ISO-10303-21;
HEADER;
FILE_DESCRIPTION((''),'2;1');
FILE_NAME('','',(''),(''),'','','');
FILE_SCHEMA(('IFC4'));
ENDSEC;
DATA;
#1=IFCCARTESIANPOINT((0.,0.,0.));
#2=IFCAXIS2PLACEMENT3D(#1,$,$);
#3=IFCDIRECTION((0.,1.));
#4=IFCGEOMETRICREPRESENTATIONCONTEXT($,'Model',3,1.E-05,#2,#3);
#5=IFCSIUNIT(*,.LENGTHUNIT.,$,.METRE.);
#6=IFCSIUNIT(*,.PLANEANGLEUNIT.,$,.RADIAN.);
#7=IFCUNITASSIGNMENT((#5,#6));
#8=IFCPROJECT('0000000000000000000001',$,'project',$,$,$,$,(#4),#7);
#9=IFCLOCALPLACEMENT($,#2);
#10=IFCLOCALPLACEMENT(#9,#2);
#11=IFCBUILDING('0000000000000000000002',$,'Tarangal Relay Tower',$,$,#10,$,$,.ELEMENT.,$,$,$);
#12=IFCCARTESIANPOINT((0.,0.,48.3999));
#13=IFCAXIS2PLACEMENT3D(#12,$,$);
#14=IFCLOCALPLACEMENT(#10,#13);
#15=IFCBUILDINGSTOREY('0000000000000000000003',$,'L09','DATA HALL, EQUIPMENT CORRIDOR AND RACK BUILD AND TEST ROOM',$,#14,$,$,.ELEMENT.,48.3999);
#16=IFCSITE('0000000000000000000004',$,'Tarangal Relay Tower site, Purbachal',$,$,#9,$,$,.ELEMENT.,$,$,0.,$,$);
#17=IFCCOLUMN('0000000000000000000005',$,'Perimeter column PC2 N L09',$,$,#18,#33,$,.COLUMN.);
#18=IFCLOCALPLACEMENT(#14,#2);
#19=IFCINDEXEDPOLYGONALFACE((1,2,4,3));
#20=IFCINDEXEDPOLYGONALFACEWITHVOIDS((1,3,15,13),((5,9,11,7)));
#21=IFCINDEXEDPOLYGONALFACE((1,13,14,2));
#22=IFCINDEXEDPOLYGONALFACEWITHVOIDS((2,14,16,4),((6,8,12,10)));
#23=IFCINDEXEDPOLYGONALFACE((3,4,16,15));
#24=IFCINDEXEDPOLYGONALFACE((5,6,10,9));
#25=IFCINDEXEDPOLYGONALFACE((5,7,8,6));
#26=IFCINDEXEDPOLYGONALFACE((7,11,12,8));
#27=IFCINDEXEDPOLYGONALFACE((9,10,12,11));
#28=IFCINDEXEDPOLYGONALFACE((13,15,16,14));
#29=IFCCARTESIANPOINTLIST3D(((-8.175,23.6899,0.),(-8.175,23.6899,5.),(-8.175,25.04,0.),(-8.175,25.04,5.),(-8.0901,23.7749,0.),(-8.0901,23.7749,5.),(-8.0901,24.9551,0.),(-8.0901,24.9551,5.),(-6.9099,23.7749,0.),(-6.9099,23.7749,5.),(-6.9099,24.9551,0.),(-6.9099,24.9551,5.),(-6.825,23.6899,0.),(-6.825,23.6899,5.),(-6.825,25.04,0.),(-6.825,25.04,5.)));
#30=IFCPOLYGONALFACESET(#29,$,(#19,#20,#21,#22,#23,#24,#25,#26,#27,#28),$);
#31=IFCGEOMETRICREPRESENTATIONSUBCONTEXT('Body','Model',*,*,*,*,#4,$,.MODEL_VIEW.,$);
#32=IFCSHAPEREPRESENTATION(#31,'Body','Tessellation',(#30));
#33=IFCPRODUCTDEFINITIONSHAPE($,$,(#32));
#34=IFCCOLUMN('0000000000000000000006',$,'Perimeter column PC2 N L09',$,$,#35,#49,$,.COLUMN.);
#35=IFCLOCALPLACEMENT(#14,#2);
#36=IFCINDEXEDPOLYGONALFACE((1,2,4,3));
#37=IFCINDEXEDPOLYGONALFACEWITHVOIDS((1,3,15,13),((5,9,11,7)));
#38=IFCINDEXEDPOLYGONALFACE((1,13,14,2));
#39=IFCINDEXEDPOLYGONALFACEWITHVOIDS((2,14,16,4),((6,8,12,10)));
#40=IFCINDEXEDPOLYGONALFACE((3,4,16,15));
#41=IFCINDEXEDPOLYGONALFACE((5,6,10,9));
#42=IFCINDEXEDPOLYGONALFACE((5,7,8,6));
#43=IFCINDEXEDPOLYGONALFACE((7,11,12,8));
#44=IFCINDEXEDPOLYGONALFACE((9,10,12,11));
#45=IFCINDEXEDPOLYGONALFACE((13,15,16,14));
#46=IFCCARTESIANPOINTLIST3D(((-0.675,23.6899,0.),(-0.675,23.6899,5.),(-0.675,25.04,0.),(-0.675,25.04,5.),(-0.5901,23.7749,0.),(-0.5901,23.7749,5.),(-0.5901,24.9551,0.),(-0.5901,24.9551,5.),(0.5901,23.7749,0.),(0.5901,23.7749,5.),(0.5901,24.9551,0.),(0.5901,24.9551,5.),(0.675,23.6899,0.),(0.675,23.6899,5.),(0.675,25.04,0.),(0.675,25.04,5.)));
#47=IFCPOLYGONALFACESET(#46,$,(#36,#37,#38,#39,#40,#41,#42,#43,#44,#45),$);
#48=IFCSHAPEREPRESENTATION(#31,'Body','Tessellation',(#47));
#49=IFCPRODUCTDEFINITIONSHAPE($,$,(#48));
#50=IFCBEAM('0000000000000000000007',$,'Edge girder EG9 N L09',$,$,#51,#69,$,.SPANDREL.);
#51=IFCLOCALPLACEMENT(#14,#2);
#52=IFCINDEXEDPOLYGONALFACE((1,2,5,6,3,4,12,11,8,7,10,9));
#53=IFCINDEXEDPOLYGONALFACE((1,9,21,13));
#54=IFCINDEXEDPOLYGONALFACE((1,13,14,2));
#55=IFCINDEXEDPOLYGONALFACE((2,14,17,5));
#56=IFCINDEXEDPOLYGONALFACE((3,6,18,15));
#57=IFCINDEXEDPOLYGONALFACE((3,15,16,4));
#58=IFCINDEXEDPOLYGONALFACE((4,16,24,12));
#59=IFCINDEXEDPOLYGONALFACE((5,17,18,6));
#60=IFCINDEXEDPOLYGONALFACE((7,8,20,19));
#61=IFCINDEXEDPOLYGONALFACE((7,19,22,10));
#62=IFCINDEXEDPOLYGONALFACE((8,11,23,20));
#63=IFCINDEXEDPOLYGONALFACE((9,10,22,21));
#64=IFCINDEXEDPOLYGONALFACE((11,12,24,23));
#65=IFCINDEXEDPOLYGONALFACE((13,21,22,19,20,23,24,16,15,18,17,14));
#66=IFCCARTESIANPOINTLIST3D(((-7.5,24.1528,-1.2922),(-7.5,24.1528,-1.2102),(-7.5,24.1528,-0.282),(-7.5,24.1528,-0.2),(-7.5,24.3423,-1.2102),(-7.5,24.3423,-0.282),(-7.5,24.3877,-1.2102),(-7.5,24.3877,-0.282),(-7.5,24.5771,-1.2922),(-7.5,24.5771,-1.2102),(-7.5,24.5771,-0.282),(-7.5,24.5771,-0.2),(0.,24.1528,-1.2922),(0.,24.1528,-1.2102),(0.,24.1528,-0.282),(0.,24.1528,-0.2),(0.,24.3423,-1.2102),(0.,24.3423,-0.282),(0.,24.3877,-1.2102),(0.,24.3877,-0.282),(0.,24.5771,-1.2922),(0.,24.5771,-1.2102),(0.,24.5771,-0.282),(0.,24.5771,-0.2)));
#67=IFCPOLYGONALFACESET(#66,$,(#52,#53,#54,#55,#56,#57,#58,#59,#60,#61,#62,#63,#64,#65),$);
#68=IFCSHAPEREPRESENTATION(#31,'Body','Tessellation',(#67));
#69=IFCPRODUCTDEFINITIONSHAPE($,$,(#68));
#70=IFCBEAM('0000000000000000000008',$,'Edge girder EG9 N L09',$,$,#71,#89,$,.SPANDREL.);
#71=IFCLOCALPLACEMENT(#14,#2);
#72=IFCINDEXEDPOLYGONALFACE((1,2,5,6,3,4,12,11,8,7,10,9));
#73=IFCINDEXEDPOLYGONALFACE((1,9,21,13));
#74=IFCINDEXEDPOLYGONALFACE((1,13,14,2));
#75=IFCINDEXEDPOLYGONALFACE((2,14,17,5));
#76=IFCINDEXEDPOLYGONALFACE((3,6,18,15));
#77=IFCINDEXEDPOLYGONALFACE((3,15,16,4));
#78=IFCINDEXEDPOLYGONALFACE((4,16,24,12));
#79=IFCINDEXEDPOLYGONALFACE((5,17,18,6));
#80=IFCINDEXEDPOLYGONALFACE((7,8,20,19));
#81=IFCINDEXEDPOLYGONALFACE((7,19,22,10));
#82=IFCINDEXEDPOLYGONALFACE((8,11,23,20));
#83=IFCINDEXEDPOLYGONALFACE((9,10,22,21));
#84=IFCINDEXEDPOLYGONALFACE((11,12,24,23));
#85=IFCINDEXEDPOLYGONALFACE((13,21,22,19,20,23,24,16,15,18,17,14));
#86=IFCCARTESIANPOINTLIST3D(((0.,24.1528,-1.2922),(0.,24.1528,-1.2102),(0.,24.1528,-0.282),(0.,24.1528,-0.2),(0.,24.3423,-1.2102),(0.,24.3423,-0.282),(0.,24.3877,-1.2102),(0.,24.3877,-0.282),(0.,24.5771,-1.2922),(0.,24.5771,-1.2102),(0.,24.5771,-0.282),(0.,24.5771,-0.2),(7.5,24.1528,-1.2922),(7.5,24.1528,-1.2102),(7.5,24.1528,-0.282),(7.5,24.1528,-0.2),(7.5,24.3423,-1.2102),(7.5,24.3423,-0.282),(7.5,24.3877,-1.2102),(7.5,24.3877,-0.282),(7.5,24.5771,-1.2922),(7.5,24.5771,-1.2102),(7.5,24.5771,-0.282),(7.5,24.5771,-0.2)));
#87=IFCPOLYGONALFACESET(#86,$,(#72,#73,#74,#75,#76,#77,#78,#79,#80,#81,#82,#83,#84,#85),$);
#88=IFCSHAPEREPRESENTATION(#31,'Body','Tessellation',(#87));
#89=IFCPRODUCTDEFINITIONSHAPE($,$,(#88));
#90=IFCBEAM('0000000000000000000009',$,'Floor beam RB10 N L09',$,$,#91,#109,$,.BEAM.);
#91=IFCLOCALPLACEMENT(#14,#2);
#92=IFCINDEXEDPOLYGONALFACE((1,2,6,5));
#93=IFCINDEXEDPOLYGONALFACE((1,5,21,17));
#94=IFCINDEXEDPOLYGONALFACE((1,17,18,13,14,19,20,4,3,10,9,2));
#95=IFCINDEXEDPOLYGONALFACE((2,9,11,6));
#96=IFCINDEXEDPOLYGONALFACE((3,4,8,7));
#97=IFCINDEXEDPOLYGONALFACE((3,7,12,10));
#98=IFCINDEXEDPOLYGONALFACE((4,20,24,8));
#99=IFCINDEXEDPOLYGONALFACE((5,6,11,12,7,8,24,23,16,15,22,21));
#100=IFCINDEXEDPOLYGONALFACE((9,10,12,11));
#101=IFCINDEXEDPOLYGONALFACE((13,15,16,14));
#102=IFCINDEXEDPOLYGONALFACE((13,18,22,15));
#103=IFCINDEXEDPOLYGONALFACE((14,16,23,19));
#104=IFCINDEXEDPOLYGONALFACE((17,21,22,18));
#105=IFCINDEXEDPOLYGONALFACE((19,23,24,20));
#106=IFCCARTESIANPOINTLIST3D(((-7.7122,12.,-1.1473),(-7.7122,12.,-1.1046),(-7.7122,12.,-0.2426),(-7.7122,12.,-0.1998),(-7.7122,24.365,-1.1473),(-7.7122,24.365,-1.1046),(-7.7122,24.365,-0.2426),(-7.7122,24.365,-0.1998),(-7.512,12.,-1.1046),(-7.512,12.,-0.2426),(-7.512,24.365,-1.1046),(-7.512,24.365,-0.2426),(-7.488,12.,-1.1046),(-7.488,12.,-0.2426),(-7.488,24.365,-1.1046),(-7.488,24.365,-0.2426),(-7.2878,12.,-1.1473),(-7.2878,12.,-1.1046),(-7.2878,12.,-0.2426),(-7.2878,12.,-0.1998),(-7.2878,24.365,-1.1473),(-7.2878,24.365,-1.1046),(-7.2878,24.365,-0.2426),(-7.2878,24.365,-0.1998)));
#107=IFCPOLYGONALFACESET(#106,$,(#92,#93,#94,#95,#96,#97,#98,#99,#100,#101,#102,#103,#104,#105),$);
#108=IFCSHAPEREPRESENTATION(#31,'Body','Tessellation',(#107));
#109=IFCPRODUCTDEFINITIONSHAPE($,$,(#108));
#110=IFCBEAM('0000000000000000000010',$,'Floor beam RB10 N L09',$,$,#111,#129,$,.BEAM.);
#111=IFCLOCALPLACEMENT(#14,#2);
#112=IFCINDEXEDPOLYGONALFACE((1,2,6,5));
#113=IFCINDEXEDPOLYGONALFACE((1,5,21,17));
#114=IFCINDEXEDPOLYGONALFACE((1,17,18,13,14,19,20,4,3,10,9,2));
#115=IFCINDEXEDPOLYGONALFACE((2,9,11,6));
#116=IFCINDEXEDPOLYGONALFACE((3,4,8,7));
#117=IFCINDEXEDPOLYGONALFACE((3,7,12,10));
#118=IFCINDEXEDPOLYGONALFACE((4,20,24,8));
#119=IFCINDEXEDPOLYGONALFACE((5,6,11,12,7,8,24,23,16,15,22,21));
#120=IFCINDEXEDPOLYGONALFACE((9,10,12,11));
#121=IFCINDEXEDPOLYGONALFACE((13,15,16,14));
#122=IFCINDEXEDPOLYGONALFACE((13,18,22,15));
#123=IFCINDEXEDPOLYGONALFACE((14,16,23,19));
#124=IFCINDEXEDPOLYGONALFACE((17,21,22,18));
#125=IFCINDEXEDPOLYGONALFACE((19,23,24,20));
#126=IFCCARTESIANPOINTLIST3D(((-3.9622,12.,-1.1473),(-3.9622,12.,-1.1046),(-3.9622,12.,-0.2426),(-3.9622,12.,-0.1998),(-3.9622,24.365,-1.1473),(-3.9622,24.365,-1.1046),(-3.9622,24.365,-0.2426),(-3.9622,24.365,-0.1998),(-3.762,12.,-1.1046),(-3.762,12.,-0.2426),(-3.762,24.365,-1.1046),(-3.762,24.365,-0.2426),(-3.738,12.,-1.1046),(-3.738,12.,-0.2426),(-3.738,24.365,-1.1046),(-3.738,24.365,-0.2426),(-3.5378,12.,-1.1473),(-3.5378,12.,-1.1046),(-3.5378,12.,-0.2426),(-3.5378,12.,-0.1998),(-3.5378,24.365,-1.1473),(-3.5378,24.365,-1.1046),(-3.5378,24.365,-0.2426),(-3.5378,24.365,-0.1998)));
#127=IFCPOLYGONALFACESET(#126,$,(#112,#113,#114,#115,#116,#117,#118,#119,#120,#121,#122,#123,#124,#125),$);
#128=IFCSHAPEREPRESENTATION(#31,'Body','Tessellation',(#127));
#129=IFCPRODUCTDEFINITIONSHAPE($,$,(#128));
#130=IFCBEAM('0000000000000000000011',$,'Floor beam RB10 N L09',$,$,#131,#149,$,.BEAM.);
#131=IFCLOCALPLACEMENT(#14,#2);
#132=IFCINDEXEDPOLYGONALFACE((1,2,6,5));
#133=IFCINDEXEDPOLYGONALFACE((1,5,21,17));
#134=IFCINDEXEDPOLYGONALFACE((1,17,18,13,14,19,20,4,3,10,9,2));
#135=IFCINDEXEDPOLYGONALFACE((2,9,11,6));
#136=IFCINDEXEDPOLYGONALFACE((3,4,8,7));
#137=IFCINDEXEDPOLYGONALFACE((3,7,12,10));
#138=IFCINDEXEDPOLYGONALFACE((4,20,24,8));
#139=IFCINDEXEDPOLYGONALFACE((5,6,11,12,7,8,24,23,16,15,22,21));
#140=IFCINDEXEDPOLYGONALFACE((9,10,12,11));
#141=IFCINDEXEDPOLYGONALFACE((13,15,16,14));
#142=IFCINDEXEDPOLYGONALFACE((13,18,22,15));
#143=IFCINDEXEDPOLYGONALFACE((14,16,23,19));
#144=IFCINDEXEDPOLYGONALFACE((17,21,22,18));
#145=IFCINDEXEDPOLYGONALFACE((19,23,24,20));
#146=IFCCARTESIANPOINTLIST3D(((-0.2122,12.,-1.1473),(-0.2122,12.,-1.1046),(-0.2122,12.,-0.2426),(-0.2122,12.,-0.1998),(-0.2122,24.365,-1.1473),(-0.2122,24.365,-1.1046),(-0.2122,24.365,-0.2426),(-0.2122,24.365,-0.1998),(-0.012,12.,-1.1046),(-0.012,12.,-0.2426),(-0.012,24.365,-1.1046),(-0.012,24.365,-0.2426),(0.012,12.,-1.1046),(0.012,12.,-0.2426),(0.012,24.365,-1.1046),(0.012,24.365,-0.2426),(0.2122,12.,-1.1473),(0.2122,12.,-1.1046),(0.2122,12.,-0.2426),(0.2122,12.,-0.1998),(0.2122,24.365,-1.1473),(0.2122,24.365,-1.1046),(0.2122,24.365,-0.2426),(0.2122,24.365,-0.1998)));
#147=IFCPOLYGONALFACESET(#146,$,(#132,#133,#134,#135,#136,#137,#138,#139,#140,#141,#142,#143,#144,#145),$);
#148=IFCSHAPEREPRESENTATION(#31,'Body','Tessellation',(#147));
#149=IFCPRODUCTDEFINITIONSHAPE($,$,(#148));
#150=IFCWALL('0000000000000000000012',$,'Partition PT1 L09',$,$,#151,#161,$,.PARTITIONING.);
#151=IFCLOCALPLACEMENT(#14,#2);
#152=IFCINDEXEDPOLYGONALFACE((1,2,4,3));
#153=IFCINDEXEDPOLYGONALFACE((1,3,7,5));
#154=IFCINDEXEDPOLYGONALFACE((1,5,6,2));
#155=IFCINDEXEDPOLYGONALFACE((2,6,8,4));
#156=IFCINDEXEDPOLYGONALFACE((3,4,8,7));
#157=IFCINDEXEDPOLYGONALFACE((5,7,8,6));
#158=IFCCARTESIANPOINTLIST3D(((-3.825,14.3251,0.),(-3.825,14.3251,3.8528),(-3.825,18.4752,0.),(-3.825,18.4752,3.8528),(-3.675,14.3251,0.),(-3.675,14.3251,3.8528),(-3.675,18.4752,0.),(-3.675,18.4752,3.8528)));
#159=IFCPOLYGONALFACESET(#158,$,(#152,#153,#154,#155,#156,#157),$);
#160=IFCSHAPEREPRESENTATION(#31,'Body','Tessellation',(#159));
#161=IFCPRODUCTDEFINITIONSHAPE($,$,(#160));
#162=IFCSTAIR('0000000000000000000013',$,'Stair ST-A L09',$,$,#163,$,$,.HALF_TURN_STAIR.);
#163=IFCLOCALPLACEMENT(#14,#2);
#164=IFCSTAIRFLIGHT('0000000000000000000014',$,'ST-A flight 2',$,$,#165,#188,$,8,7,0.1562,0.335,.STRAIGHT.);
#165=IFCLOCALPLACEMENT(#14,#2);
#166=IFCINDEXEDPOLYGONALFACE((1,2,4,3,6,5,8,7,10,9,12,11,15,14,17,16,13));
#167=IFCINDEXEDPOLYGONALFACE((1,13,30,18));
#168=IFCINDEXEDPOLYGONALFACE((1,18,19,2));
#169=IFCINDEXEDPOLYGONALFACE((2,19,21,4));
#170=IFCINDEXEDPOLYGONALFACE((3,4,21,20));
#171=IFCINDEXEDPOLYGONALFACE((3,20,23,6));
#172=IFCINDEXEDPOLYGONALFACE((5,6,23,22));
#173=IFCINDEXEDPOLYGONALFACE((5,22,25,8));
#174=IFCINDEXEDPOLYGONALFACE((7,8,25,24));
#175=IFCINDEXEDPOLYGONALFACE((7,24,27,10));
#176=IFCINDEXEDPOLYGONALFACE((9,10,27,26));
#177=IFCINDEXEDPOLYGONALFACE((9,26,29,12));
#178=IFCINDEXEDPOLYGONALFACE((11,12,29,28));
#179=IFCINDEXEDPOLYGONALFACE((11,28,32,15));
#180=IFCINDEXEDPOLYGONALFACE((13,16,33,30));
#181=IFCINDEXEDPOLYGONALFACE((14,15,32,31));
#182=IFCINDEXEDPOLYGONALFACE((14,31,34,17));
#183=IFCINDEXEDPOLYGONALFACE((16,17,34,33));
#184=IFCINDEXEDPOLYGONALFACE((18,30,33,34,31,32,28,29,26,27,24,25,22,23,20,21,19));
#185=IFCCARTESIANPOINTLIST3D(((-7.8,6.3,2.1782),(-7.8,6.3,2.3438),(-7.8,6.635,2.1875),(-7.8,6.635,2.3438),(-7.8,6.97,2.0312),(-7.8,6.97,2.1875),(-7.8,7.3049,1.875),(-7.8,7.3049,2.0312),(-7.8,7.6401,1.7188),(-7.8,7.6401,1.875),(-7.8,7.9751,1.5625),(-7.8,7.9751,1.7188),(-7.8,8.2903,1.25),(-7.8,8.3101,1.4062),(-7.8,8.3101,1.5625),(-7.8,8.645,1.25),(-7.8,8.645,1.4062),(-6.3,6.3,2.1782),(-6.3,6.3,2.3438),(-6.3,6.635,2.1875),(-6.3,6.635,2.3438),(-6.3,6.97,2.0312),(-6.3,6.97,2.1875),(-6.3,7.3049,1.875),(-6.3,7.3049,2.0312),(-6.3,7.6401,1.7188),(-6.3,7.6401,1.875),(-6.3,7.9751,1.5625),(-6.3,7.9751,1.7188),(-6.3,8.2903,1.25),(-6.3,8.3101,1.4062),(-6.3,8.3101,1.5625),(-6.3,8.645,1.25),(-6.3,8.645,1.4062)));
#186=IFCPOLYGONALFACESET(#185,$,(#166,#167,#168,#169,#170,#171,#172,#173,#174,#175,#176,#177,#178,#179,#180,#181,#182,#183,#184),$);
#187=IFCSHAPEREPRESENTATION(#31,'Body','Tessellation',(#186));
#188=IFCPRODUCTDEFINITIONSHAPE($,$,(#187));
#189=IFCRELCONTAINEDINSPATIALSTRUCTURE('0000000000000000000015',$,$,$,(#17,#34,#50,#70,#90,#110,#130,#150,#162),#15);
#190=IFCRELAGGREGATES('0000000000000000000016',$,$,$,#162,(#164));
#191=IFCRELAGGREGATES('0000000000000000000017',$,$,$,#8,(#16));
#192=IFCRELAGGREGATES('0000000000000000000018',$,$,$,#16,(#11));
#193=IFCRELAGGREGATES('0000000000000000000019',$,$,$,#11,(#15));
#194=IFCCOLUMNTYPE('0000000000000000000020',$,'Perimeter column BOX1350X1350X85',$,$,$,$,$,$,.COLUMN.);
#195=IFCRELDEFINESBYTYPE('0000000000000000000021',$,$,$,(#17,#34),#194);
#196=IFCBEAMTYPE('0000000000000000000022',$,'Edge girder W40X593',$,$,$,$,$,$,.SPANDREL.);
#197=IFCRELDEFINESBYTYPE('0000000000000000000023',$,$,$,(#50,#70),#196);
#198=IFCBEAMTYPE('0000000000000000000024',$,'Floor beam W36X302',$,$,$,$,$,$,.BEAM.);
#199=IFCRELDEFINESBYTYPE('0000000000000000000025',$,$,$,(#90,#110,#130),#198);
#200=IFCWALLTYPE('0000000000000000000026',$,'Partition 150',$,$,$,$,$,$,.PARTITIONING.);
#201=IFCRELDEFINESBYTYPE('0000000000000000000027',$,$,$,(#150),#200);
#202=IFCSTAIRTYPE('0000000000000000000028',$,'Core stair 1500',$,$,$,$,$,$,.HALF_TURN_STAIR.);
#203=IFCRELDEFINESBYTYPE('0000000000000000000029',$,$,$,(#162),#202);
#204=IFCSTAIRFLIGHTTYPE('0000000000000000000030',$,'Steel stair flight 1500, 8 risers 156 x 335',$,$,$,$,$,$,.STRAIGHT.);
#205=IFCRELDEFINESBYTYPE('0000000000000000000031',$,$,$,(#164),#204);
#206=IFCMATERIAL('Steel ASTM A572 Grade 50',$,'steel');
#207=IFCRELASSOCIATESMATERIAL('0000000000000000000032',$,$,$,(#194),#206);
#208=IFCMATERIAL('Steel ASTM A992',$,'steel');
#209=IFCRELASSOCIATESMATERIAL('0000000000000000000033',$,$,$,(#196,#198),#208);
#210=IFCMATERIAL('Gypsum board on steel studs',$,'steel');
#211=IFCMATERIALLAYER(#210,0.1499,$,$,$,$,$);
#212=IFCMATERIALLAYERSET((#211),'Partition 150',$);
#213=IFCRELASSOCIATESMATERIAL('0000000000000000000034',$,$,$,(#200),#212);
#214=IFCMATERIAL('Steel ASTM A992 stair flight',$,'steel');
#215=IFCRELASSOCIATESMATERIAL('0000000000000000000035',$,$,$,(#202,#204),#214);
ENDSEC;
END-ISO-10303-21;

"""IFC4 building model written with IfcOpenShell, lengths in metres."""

from ifc_helpers import new_model, si_unit, direction, frame, frame_2d, origin, origin_2d, place, context, subcontext, project, spatial, polyline, rectangle, hollow_rectangle, i_section, outline, extrude, material, layer, layer_set, material_profile, profile_set, type_object, element, aggregate, save


model = new_model("IFC4")

# Units and contexts
model_context = context("Model", 3, precision=1e-05, world=origin(), true_north=direction((0.0, 1.0)))
body_context = subcontext(model_context, "Body", "Model", "MODEL_VIEW")
ifc_project = project(units=[si_unit("LENGTHUNIT", "METRE"), si_unit("PLANEANGLEUNIT", "RADIAN")], contexts=[model_context])

# Site, building, storey
site_placement = place(None, origin())
site = spatial("IfcSite", under=ifc_project, at=site_placement, Name="Tarangal Relay Tower site, Purbachal", CompositionType="ELEMENT", RefElevation=0.0)
building_placement = place(site_placement, origin())
building = spatial("IfcBuilding", under=site, at=building_placement, Name="Tarangal Relay Tower", CompositionType="ELEMENT")
storey_placement = place(building_placement, frame((0.0, 0.0, 48.3999)))
storey = spatial("IfcBuildingStorey", under=building, at=storey_placement, Name="L09", Description="DATA HALL, EQUIPMENT CORRIDOR AND RACK BUILD AND TEST ROOM", CompositionType="ELEMENT", Elevation=48.3999)

# Columns
ifc_material_1 = material(Name="Steel ASTM A572 Grade 50", Category="steel")
ifc_material_profile_1 = material_profile(ifc_material_1, hollow_rectangle(XDim=1.3501, YDim=1.3501, WallThickness=0.085, at=origin_2d()), Name="BOX1350X1350X85")
ifc_profile_set_1 = profile_set([ifc_material_profile_1], Name="Steel ASTM A572 Grade 50")
column_type = type_object("IfcColumnType", Name="Perimeter column BOX1350X1350X85", PredefinedType="COLUMN", material=ifc_profile_set_1)
for number, where, z_axis, x_axis, name in (
    (1, (-7.5, 24.365, 0.0), (0.0, 0.0, 1.0), (1.0, 0.0, 0.0), "Perimeter column PC2 N L09"),
    (2, (0.0, 24.365, 0.0), (0.0, 0.0, 1.0), (1.0, 0.0, 0.0), "Perimeter column PC2 N L09"),
):
    element("IfcColumn", number, at=place(storey_placement, frame(where, z_axis=z_axis, x_axis=x_axis)), inside=storey, type_object=column_type, Name=name, PredefinedType="COLUMN", context=body_context, shape_type="SweptSolid", body=[
        extrude(hollow_rectangle(XDim=1.3501, YDim=1.3501, WallThickness=0.085, at=origin_2d()), origin(), (0.0, 0.0, 1.0), 5.0),
    ])

# Beams
ifc_material_2 = material(Name="Steel ASTM A992", Category="steel")
ifc_material_profile_2 = material_profile(ifc_material_2, i_section(OverallWidth=0.4243, OverallDepth=1.0923, WebThickness=0.0454, FlangeThickness=0.082, at=origin_2d()), Name="W40X593")
ifc_profile_set_2 = profile_set([ifc_material_profile_2], Name="Steel ASTM A992")
beam_type_1 = type_object("IfcBeamType", Name="Edge girder W40X593", PredefinedType="SPANDREL", material=ifc_profile_set_2)
for number, where, z_axis, x_axis, name in (
    (3, (-7.5, 24.365, -0.7461), (1.0, 0.0, 0.0), (0.0, 1.0, 0.0), "Edge girder EG9 N L09"),
    (4, (0.0, 24.365, -0.7461), (1.0, 0.0, 0.0), (0.0, 1.0, 0.0), "Edge girder EG9 N L09"),
):
    element("IfcBeam", number, at=place(storey_placement, frame(where, z_axis=z_axis, x_axis=x_axis)), inside=storey, type_object=beam_type_1, Name=name, PredefinedType="SPANDREL", context=body_context, shape_type="SweptSolid", body=[
        extrude(i_section(OverallWidth=0.4243, OverallDepth=1.0923, WebThickness=0.0454, FlangeThickness=0.082, at=origin_2d()), origin(), (0.0, 0.0, 1.0), 7.5),
    ])
ifc_material_profile_3 = material_profile(ifc_material_2, i_section(OverallWidth=0.4243, OverallDepth=0.9475, WebThickness=0.0239, FlangeThickness=0.0427, at=origin_2d()), Name="W36X302")
ifc_profile_set_3 = profile_set([ifc_material_profile_3], Name="Steel ASTM A992")
beam_type_2 = type_object("IfcBeamType", Name="Floor beam W36X302", PredefinedType="BEAM", material=ifc_profile_set_3)
for number, where, z_axis, x_axis, name in (
    (5, (-7.5, 12.0, -0.6736), (0.0, 1.0, 0.0), (-1.0, 0.0, 0.0), "Floor beam RB10 N L09"),
    (6, (-3.75, 12.0, -0.6736), (0.0, 1.0, 0.0), (-1.0, 0.0, 0.0), "Floor beam RB10 N L09"),
    (7, (0.0, 12.0, -0.6736), (0.0, 1.0, 0.0), (-1.0, 0.0, 0.0), "Floor beam RB10 N L09"),
):
    element("IfcBeam", number, at=place(storey_placement, frame(where, z_axis=z_axis, x_axis=x_axis)), inside=storey, type_object=beam_type_2, Name=name, PredefinedType="BEAM", context=body_context, shape_type="SweptSolid", body=[
        extrude(i_section(OverallWidth=0.4243, OverallDepth=0.9475, WebThickness=0.0239, FlangeThickness=0.0427, at=origin_2d()), origin(), (0.0, 0.0, 1.0), 12.365),
    ])

# Wall
ifc_material_3 = material(Name="Gypsum board on steel studs", Category="steel")
ifc_layer_1 = layer(ifc_material_3, 0.1499)
ifc_layer_set_1 = layer_set([ifc_layer_1], Name="Partition 150")
wall_type = type_object("IfcWallType", Name="Partition 150", PredefinedType="PARTITIONING", material=ifc_layer_set_1)
wall_placement = place(storey_placement, frame((-3.75, 14.325, 0.0), z_axis=(0.0, 0.0, 1.0), x_axis=(0.0, 1.0, 0.0)))
element("IfcWall", 8, at=wall_placement, inside=storey, type_object=wall_type, Name="Partition PT1 L09", PredefinedType="PARTITIONING", context=body_context, shape_type="SweptSolid", body=[
    extrude(rectangle(XDim=4.1501, YDim=0.1499, at=frame_2d((2.0752, 0.0))), origin(), (0.0, 0.0, 1.0), 3.8528),
])

# Stair, stair flight
ifc_material_4 = material(Name="Steel ASTM A992 stair flight", Category="steel")
stair_type = type_object("IfcStairType", Name="Core stair 1500", PredefinedType="HALF_TURN_STAIR", material=ifc_material_4)
stair_placement = place(storey_placement, origin())
stair = element("IfcStair", 9, at=stair_placement, inside=storey, type_object=stair_type, Name="Stair ST-A L09", PredefinedType="HALF_TURN_STAIR")
stair_flight_type = type_object("IfcStairFlightType", Name="Steel stair flight 1500, 8 risers 156 x 335", PredefinedType="STRAIGHT", material=ifc_material_4)
stair_flight_1_placement = place(storey_placement, frame((-7.05, 8.645, 1.25), z_axis=(0.0, 0.0, 1.0), x_axis=(0.0, -1.0, 0.0)))
stair_flight_1 = element("IfcStairFlight", 10, at=stair_flight_1_placement, type_object=stair_flight_type, Name="ST-A flight 2", NumberOfRisers=8, NumberOfTreads=7, PredefinedType="STRAIGHT", RiserHeight=0.1562, TreadLength=0.335, context=body_context, shape_type="SweptSolid", body=[
    extrude(outline(polyline([(0.0, 0.0), (0.0, 0.1562), (0.335, 0.1562), (0.335, 0.3125), (0.6699, 0.3125), (0.6699, 0.4688), (1.0049, 0.4688), (1.0049, 0.625), (1.3401, 0.625), (1.3401, 0.7812), (1.675, 0.7812), (1.675, 0.9375), (2.01, 0.9375), (2.01, 1.0938), (2.345, 1.0938), (2.345, 1.25), (2.345, 0.9282), (0.3547, 0.0), (0.0, 0.0)])), frame((0.0, 0.75, 0.0), z_axis=(0.0, -1.0, 0.0), x_axis=(1.0, 0.0, 0.0)), (0.0, 0.0, 1.0), 1.5),
])
aggregate(stair, [stair_flight_1])

save(model, "model.ifc")
